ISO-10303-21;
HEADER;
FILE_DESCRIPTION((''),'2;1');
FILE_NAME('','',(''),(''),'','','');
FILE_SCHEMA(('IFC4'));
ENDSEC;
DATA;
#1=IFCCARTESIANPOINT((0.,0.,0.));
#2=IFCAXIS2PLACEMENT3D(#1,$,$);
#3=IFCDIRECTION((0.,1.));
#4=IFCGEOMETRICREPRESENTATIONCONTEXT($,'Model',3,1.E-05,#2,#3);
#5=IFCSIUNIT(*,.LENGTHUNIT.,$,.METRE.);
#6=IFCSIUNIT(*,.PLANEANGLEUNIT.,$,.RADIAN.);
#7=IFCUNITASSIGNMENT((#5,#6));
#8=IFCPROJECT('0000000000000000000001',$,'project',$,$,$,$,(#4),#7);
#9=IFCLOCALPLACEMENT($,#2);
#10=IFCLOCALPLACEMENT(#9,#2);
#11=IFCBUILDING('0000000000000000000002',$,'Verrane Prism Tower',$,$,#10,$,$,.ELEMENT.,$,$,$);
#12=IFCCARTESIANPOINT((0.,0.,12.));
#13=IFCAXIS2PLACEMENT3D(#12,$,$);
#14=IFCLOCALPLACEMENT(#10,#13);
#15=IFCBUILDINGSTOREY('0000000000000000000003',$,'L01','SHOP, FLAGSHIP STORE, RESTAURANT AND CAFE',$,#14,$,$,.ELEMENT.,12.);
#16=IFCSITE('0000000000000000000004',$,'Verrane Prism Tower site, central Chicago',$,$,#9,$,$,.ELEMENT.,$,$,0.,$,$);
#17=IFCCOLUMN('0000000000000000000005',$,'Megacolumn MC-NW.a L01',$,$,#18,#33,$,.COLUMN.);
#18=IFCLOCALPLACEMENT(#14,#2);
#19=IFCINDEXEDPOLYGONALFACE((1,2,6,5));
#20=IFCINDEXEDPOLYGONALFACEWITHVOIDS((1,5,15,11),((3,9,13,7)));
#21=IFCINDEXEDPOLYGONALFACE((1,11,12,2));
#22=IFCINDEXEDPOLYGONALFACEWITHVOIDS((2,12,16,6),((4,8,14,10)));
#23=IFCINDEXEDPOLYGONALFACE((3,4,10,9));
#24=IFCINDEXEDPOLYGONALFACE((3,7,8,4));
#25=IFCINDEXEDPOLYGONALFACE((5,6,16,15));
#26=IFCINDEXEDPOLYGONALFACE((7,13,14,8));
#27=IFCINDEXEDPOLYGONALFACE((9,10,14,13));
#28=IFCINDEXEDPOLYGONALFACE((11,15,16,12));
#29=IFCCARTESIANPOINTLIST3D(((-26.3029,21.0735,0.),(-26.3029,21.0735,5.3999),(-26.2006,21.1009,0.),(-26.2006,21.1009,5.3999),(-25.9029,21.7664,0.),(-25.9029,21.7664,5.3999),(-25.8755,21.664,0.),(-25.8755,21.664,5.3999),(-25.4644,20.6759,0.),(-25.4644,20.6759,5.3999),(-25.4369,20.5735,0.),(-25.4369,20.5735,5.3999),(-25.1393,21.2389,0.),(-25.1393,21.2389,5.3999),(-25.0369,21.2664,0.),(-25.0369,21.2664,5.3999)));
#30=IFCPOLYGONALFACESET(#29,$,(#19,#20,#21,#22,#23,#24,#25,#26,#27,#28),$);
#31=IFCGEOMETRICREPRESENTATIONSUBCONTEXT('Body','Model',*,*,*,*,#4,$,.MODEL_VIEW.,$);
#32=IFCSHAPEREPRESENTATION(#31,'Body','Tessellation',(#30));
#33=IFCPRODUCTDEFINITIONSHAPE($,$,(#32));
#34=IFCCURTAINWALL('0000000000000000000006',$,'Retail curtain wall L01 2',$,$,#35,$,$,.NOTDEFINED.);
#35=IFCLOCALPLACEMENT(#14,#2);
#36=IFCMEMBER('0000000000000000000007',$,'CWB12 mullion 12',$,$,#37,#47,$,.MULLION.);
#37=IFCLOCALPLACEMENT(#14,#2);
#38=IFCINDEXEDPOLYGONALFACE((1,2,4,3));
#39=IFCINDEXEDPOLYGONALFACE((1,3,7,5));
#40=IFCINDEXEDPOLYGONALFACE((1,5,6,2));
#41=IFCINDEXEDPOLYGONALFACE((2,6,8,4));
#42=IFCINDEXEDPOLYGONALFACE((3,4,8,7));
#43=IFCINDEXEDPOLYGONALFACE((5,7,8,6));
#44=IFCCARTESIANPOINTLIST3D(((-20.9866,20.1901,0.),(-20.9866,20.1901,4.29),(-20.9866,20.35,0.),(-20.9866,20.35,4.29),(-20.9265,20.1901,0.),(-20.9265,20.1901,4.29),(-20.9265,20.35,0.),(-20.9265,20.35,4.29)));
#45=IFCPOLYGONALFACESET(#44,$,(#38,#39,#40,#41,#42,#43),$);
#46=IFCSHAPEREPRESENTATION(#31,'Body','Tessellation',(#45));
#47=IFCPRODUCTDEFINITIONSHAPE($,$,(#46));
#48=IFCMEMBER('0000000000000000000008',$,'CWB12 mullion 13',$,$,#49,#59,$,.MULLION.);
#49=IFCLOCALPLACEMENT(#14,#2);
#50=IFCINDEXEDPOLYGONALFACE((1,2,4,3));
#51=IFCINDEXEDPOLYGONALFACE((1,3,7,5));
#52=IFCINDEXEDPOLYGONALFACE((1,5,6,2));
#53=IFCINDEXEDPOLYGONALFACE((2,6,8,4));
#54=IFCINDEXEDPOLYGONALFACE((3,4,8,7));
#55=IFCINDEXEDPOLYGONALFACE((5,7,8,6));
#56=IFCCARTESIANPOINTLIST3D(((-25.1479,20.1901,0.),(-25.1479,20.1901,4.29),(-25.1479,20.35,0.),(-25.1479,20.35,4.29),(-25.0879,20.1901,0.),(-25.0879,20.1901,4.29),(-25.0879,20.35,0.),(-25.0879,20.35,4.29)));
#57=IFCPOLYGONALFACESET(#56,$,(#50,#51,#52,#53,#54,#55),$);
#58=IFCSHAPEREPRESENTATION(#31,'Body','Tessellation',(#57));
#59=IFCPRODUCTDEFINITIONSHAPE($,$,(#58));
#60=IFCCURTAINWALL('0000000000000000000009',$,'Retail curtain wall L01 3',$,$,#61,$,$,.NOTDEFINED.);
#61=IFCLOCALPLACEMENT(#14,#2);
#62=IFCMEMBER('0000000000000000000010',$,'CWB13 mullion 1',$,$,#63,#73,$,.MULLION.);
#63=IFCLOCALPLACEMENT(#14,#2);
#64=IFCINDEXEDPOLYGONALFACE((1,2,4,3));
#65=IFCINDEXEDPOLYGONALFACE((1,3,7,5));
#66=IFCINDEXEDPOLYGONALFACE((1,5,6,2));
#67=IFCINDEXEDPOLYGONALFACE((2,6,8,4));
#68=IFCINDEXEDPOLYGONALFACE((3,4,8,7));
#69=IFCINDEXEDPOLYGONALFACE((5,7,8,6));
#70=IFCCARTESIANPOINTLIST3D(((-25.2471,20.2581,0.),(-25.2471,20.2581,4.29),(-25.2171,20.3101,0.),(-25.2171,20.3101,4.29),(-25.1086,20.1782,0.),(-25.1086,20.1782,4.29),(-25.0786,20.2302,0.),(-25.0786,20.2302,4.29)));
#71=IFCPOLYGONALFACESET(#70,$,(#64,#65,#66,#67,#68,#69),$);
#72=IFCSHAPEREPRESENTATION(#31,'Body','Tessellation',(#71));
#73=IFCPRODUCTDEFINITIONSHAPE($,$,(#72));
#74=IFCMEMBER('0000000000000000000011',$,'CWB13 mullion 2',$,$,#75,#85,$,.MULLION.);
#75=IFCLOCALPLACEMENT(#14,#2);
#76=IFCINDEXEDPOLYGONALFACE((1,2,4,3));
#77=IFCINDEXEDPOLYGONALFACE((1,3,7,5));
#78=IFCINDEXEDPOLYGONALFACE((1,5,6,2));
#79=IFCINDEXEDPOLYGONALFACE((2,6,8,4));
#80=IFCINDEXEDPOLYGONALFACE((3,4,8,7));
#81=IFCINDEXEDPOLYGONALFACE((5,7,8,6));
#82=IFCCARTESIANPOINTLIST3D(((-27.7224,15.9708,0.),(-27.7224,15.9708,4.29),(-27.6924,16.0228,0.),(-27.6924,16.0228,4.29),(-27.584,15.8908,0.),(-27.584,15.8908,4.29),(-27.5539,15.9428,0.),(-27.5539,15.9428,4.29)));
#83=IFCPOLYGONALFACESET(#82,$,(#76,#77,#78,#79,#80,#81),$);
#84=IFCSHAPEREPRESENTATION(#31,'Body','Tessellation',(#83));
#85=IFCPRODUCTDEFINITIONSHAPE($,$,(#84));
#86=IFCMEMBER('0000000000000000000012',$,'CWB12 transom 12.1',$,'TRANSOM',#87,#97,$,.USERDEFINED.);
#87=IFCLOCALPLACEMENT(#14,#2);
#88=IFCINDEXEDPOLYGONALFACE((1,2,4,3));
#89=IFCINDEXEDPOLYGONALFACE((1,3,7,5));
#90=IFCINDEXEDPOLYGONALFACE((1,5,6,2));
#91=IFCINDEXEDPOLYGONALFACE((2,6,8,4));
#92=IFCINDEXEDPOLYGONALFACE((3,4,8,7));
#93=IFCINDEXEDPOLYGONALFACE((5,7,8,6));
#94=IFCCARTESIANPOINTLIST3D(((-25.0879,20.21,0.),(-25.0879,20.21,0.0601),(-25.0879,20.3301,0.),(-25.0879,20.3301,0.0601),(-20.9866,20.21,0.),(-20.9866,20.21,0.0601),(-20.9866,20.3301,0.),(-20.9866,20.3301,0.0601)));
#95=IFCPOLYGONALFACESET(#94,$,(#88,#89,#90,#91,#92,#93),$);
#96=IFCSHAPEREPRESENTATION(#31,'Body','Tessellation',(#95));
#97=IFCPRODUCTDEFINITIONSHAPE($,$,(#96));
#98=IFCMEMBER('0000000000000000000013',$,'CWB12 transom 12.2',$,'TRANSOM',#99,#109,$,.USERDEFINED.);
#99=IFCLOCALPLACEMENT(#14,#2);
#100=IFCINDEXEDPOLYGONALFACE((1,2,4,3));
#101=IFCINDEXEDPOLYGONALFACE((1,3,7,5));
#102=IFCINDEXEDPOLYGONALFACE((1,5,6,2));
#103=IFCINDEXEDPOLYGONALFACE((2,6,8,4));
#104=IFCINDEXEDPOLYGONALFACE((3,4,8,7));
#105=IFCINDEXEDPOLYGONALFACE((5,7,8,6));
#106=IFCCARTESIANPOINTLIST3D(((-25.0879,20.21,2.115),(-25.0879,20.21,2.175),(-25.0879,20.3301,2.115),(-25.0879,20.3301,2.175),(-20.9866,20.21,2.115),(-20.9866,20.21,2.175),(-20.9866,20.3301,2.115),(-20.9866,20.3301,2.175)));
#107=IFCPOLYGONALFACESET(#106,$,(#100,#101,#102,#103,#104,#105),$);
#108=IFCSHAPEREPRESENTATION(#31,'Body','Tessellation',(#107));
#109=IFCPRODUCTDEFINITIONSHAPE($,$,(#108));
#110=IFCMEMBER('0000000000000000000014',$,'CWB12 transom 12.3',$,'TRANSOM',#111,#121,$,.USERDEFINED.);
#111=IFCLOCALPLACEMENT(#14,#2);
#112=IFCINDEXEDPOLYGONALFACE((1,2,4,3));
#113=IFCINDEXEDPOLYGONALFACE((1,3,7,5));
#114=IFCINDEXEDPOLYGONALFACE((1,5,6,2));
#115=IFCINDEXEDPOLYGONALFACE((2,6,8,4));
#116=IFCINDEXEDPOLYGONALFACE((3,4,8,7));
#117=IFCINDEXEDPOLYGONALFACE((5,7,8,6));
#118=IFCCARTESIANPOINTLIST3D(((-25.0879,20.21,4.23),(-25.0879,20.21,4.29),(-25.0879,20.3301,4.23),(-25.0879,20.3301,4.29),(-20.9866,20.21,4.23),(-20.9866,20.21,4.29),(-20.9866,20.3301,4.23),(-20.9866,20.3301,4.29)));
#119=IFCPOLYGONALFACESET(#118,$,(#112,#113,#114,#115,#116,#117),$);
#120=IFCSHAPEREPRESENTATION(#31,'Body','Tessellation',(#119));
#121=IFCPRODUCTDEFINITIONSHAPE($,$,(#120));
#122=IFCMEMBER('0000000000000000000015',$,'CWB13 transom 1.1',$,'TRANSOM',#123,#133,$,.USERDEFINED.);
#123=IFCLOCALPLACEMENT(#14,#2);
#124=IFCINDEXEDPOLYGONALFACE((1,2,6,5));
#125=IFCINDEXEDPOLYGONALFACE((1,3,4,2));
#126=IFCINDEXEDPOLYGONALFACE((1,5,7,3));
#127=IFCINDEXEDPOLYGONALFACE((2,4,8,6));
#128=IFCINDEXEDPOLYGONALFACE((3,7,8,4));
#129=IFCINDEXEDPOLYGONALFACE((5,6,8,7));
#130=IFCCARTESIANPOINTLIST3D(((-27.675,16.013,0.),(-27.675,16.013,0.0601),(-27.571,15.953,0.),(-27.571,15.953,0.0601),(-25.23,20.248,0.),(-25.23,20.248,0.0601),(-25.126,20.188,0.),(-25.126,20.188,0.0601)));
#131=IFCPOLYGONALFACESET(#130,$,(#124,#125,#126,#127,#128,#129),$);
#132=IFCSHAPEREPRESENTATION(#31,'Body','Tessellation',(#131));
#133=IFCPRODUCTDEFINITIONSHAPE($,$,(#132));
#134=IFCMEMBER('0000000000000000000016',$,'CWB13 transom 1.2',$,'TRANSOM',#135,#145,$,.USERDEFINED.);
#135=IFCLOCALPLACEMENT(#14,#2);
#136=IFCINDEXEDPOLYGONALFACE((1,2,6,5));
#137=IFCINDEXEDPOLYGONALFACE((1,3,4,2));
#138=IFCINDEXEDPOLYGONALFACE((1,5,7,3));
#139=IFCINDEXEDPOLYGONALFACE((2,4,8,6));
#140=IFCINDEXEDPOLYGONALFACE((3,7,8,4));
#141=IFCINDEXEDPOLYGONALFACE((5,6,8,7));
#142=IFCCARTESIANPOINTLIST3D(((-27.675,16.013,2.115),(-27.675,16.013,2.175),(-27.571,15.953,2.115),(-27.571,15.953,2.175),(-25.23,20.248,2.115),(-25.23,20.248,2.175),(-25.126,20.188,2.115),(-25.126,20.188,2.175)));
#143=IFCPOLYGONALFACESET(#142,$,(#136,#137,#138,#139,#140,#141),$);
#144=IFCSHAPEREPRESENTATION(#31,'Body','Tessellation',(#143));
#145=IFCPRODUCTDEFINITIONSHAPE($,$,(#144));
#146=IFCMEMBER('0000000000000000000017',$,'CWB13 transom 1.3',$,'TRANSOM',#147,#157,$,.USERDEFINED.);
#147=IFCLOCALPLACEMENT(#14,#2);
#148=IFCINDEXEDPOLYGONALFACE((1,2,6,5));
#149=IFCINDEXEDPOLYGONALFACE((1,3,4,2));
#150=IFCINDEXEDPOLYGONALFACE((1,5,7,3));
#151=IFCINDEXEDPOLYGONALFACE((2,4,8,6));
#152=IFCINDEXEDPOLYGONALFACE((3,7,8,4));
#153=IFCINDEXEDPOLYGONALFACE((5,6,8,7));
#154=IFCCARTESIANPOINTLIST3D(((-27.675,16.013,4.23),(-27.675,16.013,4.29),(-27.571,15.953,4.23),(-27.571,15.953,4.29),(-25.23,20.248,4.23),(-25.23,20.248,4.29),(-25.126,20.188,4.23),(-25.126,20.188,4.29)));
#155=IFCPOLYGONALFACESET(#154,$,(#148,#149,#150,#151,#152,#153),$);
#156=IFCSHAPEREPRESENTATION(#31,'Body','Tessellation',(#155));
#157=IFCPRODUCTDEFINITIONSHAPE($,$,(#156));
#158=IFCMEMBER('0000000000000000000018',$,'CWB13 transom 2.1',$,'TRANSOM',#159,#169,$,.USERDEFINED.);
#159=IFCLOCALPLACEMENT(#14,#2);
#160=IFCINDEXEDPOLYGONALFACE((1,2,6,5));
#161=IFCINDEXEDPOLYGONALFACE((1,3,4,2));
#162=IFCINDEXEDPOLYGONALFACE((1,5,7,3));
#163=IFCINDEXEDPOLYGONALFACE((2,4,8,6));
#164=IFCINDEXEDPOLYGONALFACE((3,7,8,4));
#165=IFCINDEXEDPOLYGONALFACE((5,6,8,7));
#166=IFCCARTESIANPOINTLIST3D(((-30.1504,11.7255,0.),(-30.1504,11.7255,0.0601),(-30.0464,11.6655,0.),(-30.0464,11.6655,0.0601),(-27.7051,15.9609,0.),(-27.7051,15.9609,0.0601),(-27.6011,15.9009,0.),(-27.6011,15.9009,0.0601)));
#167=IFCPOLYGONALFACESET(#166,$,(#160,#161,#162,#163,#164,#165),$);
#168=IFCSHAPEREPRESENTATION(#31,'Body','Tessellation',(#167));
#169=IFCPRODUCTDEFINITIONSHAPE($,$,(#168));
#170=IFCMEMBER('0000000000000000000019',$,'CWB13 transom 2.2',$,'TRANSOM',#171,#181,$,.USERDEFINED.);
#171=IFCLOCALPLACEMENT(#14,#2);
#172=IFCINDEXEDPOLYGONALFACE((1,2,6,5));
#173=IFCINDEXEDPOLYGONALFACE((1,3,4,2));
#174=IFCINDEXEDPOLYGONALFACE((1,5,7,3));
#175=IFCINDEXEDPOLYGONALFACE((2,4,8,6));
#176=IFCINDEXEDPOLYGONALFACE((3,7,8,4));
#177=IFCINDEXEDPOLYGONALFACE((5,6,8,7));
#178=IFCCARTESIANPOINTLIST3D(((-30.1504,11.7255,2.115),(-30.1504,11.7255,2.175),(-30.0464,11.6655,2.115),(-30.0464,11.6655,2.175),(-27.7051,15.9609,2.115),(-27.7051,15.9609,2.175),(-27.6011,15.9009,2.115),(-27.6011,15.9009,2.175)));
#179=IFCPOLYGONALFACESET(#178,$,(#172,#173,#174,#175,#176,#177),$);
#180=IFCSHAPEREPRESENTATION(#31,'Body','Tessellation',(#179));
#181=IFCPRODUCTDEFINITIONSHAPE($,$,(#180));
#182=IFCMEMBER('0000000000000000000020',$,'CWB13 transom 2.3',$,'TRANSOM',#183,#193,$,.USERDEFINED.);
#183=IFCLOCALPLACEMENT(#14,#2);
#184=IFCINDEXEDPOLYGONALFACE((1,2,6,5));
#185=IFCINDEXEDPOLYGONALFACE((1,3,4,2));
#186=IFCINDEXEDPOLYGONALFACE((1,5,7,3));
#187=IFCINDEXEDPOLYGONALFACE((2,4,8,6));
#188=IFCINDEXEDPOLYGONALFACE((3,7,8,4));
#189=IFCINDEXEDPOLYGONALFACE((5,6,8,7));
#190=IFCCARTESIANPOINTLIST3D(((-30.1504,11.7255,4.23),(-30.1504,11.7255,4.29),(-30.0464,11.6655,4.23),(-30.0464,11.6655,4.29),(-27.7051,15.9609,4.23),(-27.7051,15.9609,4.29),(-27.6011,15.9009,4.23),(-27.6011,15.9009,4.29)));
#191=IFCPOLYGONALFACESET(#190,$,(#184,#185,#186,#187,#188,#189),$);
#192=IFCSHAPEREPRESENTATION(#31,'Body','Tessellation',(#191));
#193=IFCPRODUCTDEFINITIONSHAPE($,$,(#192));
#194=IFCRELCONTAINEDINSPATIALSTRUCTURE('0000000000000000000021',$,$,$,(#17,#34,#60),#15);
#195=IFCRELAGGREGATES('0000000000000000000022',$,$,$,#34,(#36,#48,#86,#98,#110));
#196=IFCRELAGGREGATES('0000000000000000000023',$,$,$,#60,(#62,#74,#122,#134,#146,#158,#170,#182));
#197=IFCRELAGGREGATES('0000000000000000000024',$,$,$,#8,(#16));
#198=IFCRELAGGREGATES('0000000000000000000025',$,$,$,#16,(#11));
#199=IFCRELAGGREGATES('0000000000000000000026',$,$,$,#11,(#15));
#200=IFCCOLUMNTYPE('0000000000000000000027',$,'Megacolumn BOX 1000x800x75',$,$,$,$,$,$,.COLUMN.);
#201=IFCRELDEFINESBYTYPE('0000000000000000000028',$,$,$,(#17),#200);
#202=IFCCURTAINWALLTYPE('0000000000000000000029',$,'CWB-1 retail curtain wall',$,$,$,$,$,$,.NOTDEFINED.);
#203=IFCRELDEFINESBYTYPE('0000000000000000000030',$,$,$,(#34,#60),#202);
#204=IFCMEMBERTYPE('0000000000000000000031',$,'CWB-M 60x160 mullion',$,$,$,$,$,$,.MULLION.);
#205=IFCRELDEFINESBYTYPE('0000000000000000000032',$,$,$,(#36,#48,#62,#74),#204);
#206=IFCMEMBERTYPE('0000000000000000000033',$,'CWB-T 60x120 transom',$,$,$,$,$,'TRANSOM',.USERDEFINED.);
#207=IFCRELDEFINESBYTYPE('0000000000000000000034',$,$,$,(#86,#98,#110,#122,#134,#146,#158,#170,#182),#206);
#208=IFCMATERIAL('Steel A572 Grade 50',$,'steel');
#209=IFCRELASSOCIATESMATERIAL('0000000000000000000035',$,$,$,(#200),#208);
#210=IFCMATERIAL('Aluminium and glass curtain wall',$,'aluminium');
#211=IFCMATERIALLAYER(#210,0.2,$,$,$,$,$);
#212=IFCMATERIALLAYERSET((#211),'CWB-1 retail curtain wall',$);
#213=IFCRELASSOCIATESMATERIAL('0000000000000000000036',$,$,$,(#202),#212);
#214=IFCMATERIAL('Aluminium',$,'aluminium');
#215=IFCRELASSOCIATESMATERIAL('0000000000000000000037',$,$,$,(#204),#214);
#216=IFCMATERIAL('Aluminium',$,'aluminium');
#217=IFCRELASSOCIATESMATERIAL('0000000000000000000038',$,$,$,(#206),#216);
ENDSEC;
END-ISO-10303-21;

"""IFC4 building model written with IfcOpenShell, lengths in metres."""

from ifc_helpers import new_model, si_unit, direction, frame, origin, origin_2d, place, context, subcontext, project, spatial, rectangle, hollow_rectangle, extrude, material, layer, layer_set, material_profile, profile_set, type_object, element, aggregate, save


model = new_model("IFC4")

# Units and contexts
model_context = context("Model", 3, precision=1e-05, world=origin(), true_north=direction((0.0, 1.0)))
body_context = subcontext(model_context, "Body", "Model", "MODEL_VIEW")
ifc_project = project(units=[si_unit("LENGTHUNIT", "METRE"), si_unit("PLANEANGLEUNIT", "RADIAN")], contexts=[model_context])

# Site, building, storey
site_placement = place(None, origin())
site = spatial("IfcSite", under=ifc_project, at=site_placement, Name="Verrane Prism Tower site, central Chicago", CompositionType="ELEMENT", RefElevation=0.0)
building_placement = place(site_placement, origin())
building = spatial("IfcBuilding", under=site, at=building_placement, Name="Verrane Prism Tower", CompositionType="ELEMENT")
storey_placement = place(building_placement, frame((0.0, 0.0, 12.0)))
storey = spatial("IfcBuildingStorey", under=building, at=storey_placement, Name="L01", Description="SHOP, FLAGSHIP STORE, RESTAURANT AND CAFE", CompositionType="ELEMENT", Elevation=12.0)

# Column
ifc_material_1 = material(Name="Steel A572 Grade 50", Category="steel")
ifc_material_profile_1 = material_profile(ifc_material_1, hollow_rectangle(XDim=0.8, YDim=1.0, WallThickness=0.075, at=origin_2d()), Name="BOX 1000x800x75")
ifc_profile_set_1 = profile_set([ifc_material_profile_1], Name="Steel A572 Grade 50")
column_type = type_object("IfcColumnType", Name="Megacolumn BOX 1000x800x75", PredefinedType="COLUMN", material=ifc_profile_set_1)
column_placement = place(storey_placement, frame((-25.6699, 21.1699, 0.0), z_axis=(0.0, 0.0, 1.0), x_axis=(0.5, 0.866025, 0.0)))
element("IfcColumn", 1, at=column_placement, inside=storey, type_object=column_type, Name="Megacolumn MC-NW.a L01", PredefinedType="COLUMN", context=body_context, shape_type="SweptSolid", body=[
    extrude(hollow_rectangle(XDim=0.8, YDim=1.0, WallThickness=0.075, at=origin_2d()), origin(), (0.0, 0.0, 1.0), 5.3999),
])

# Curtain walls, members
ifc_material_2 = material(Name="Aluminium and glass curtain wall", Category="aluminium")
ifc_layer_1 = layer(ifc_material_2, 0.2)
ifc_layer_set_1 = layer_set([ifc_layer_1], Name="CWB-1 retail curtain wall")
curtain_wall_type = type_object("IfcCurtainWallType", Name="CWB-1 retail curtain wall", PredefinedType="NOTDEFINED", material=ifc_layer_set_1)
curtain_wall_1_placement = place(storey_placement, origin())
curtain_wall_1 = element("IfcCurtainWall", 2, at=curtain_wall_1_placement, inside=storey, type_object=curtain_wall_type, Name="Retail curtain wall L01 2", PredefinedType="NOTDEFINED")
ifc_material_3 = material(Name="Aluminium", Category="aluminium")
ifc_material_profile_2 = material_profile(ifc_material_3, rectangle(XDim=0.1599, YDim=0.0601, at=origin_2d()), Name="CWB-M 60x160 mullion")
ifc_profile_set_2 = profile_set([ifc_material_profile_2], Name="Aluminium")
member_type_1 = type_object("IfcMemberType", Name="CWB-M 60x160 mullion", PredefinedType="MULLION", material=ifc_profile_set_2)
member_1_placement = place(storey_placement, frame((-20.9565, 20.27, 0.0), z_axis=(0.0, 0.0, 1.0), x_axis=(0.0, -1.0, 0.0)))
member_1 = element("IfcMember", 3, at=member_1_placement, type_object=member_type_1, Name="CWB12 mullion 12", PredefinedType="MULLION", context=body_context, shape_type="SweptSolid", body=[
    extrude(rectangle(XDim=0.1599, YDim=0.0601, at=origin_2d()), origin(), (0.0, 0.0, 1.0), 4.29),
])
member_2_placement = place(storey_placement, frame((-25.1179, 20.27, 0.0), z_axis=(0.0, 0.0, 1.0), x_axis=(0.0, -1.0, 0.0)))
member_2 = element("IfcMember", 4, at=member_2_placement, type_object=member_type_1, Name="CWB12 mullion 13", PredefinedType="MULLION", context=body_context, shape_type="SweptSolid", body=[
    extrude(rectangle(XDim=0.1599, YDim=0.0601, at=origin_2d()), origin(), (0.0, 0.0, 1.0), 4.29),
])
curtain_wall_2_placement = place(storey_placement, origin())
curtain_wall_2 = element("IfcCurtainWall", 5, at=curtain_wall_2_placement, inside=storey, type_object=curtain_wall_type, Name="Retail curtain wall L01 3", PredefinedType="NOTDEFINED")
member_3_placement = place(storey_placement, frame((-25.1628, 20.2441, 0.0), z_axis=(0.0, 0.0, 1.0), x_axis=(0.866026, -0.499999, 0.0)))
member_3 = element("IfcMember", 6, at=member_3_placement, type_object=member_type_1, Name="CWB13 mullion 1", PredefinedType="MULLION", context=body_context, shape_type="SweptSolid", body=[
    extrude(rectangle(XDim=0.1599, YDim=0.0601, at=origin_2d()), origin(), (0.0, 0.0, 1.0), 4.29),
])
member_4_placement = place(storey_placement, frame((-27.6382, 15.9568, 0.0), z_axis=(0.0, 0.0, 1.0), x_axis=(0.866026, -0.499999, 0.0)))
member_4 = element("IfcMember", 7, at=member_4_placement, type_object=member_type_1, Name="CWB13 mullion 2", PredefinedType="MULLION", context=body_context, shape_type="SweptSolid", body=[
    extrude(rectangle(XDim=0.1599, YDim=0.0601, at=origin_2d()), origin(), (0.0, 0.0, 1.0), 4.29),
])

# Members
ifc_material_4 = material(Name="Aluminium", Category="aluminium")
ifc_material_profile_3 = material_profile(ifc_material_4, rectangle(XDim=0.1201, YDim=0.0601, at=origin_2d()), Name="CWB-T 60x120 transom")
ifc_profile_set_3 = profile_set([ifc_material_profile_3], Name="Aluminium")
member_type_2 = type_object("IfcMemberType", Name="CWB-T 60x120 transom", ElementType="TRANSOM", PredefinedType="USERDEFINED", material=ifc_profile_set_3)
member_5_placement = place(storey_placement, frame((-20.9866, 20.27, 0.03), z_axis=(-1.0, 0.0, 0.0), x_axis=(0.0, -1.0, 0.0)))
member_5 = element("IfcMember", 8, at=member_5_placement, type_object=member_type_2, Name="CWB12 transom 12.1", ObjectType="TRANSOM", PredefinedType="USERDEFINED", context=body_context, shape_type="SweptSolid", body=[
    extrude(rectangle(XDim=0.1201, YDim=0.0601, at=origin_2d()), origin(), (0.0, 0.0, 1.0), 4.1013),
])
member_6_placement = place(storey_placement, frame((-20.9866, 20.27, 2.145), z_axis=(-1.0, 0.0, 0.0), x_axis=(0.0, -1.0, 0.0)))
member_6 = element("IfcMember", 9, at=member_6_placement, type_object=member_type_2, Name="CWB12 transom 12.2", ObjectType="TRANSOM", PredefinedType="USERDEFINED", context=body_context, shape_type="SweptSolid", body=[
    extrude(rectangle(XDim=0.1201, YDim=0.0601, at=origin_2d()), origin(), (0.0, 0.0, 1.0), 4.1013),
])
member_7_placement = place(storey_placement, frame((-20.9866, 20.27, 4.26), z_axis=(-1.0, 0.0, 0.0), x_axis=(0.0, -1.0, 0.0)))
member_7 = element("IfcMember", 10, at=member_7_placement, type_object=member_type_2, Name="CWB12 transom 12.3", ObjectType="TRANSOM", PredefinedType="USERDEFINED", context=body_context, shape_type="SweptSolid", body=[
    extrude(rectangle(XDim=0.1201, YDim=0.0601, at=origin_2d()), origin(), (0.0, 0.0, 1.0), 4.1013),
])
member_8_placement = place(storey_placement, frame((-25.178, 20.218, 0.03), z_axis=(-0.499989, -0.866032, 0.0), x_axis=(0.866032, -0.499989, 0.0)))
member_8 = element("IfcMember", 11, at=member_8_placement, type_object=member_type_2, Name="CWB13 transom 1.1", ObjectType="TRANSOM", PredefinedType="USERDEFINED", context=body_context, shape_type="SweptSolid", body=[
    extrude(rectangle(XDim=0.1201, YDim=0.0601, at=origin_2d()), origin(), (0.0, 0.0, 1.0), 4.8901),
])
member_9_placement = place(storey_placement, frame((-25.178, 20.218, 2.145), z_axis=(-0.499989, -0.866032, 0.0), x_axis=(0.866032, -0.499989, 0.0)))
member_9 = element("IfcMember", 12, at=member_9_placement, type_object=member_type_2, Name="CWB13 transom 1.2", ObjectType="TRANSOM", PredefinedType="USERDEFINED", context=body_context, shape_type="SweptSolid", body=[
    extrude(rectangle(XDim=0.1201, YDim=0.0601, at=origin_2d()), origin(), (0.0, 0.0, 1.0), 4.8901),
])
member_10_placement = place(storey_placement, frame((-25.178, 20.218, 4.26), z_axis=(-0.499989, -0.866032, 0.0), x_axis=(0.866032, -0.499989, 0.0)))
member_10 = element("IfcMember", 13, at=member_10_placement, type_object=member_type_2, Name="CWB13 transom 1.3", ObjectType="TRANSOM", PredefinedType="USERDEFINED", context=body_context, shape_type="SweptSolid", body=[
    extrude(rectangle(XDim=0.1201, YDim=0.0601, at=origin_2d()), origin(), (0.0, 0.0, 1.0), 4.8901),
])
member_11_placement = place(storey_placement, frame((-27.6531, 15.9309, 0.03), z_axis=(-0.500005, -0.866023, 0.0), x_axis=(0.866023, -0.500005, 0.0)))
member_11 = element("IfcMember", 14, at=member_11_placement, type_object=member_type_2, Name="CWB13 transom 2.1", ObjectType="TRANSOM", PredefinedType="USERDEFINED", context=body_context, shape_type="SweptSolid", body=[
    extrude(rectangle(XDim=0.1201, YDim=0.0601, at=origin_2d()), origin(), (0.0, 0.0, 1.0), 4.8906),
])
member_12_placement = place(storey_placement, frame((-27.6531, 15.9309, 2.145), z_axis=(-0.500005, -0.866023, 0.0), x_axis=(0.866023, -0.500005, 0.0)))
member_12 = element("IfcMember", 15, at=member_12_placement, type_object=member_type_2, Name="CWB13 transom 2.2", ObjectType="TRANSOM", PredefinedType="USERDEFINED", context=body_context, shape_type="SweptSolid", body=[
    extrude(rectangle(XDim=0.1201, YDim=0.0601, at=origin_2d()), origin(), (0.0, 0.0, 1.0), 4.8906),
])
member_13_placement = place(storey_placement, frame((-27.6531, 15.9309, 4.26), z_axis=(-0.500005, -0.866023, 0.0), x_axis=(0.866023, -0.500005, 0.0)))
member_13 = element("IfcMember", 16, at=member_13_placement, type_object=member_type_2, Name="CWB13 transom 2.3", ObjectType="TRANSOM", PredefinedType="USERDEFINED", context=body_context, shape_type="SweptSolid", body=[
    extrude(rectangle(XDim=0.1201, YDim=0.0601, at=origin_2d()), origin(), (0.0, 0.0, 1.0), 4.8906),
])

aggregate(curtain_wall_1, [member_1, member_2, member_5, member_6, member_7])
aggregate(curtain_wall_2, [member_3, member_4, member_8, member_9, member_10, member_11, member_12, member_13])

save(model, "model.ifc")
